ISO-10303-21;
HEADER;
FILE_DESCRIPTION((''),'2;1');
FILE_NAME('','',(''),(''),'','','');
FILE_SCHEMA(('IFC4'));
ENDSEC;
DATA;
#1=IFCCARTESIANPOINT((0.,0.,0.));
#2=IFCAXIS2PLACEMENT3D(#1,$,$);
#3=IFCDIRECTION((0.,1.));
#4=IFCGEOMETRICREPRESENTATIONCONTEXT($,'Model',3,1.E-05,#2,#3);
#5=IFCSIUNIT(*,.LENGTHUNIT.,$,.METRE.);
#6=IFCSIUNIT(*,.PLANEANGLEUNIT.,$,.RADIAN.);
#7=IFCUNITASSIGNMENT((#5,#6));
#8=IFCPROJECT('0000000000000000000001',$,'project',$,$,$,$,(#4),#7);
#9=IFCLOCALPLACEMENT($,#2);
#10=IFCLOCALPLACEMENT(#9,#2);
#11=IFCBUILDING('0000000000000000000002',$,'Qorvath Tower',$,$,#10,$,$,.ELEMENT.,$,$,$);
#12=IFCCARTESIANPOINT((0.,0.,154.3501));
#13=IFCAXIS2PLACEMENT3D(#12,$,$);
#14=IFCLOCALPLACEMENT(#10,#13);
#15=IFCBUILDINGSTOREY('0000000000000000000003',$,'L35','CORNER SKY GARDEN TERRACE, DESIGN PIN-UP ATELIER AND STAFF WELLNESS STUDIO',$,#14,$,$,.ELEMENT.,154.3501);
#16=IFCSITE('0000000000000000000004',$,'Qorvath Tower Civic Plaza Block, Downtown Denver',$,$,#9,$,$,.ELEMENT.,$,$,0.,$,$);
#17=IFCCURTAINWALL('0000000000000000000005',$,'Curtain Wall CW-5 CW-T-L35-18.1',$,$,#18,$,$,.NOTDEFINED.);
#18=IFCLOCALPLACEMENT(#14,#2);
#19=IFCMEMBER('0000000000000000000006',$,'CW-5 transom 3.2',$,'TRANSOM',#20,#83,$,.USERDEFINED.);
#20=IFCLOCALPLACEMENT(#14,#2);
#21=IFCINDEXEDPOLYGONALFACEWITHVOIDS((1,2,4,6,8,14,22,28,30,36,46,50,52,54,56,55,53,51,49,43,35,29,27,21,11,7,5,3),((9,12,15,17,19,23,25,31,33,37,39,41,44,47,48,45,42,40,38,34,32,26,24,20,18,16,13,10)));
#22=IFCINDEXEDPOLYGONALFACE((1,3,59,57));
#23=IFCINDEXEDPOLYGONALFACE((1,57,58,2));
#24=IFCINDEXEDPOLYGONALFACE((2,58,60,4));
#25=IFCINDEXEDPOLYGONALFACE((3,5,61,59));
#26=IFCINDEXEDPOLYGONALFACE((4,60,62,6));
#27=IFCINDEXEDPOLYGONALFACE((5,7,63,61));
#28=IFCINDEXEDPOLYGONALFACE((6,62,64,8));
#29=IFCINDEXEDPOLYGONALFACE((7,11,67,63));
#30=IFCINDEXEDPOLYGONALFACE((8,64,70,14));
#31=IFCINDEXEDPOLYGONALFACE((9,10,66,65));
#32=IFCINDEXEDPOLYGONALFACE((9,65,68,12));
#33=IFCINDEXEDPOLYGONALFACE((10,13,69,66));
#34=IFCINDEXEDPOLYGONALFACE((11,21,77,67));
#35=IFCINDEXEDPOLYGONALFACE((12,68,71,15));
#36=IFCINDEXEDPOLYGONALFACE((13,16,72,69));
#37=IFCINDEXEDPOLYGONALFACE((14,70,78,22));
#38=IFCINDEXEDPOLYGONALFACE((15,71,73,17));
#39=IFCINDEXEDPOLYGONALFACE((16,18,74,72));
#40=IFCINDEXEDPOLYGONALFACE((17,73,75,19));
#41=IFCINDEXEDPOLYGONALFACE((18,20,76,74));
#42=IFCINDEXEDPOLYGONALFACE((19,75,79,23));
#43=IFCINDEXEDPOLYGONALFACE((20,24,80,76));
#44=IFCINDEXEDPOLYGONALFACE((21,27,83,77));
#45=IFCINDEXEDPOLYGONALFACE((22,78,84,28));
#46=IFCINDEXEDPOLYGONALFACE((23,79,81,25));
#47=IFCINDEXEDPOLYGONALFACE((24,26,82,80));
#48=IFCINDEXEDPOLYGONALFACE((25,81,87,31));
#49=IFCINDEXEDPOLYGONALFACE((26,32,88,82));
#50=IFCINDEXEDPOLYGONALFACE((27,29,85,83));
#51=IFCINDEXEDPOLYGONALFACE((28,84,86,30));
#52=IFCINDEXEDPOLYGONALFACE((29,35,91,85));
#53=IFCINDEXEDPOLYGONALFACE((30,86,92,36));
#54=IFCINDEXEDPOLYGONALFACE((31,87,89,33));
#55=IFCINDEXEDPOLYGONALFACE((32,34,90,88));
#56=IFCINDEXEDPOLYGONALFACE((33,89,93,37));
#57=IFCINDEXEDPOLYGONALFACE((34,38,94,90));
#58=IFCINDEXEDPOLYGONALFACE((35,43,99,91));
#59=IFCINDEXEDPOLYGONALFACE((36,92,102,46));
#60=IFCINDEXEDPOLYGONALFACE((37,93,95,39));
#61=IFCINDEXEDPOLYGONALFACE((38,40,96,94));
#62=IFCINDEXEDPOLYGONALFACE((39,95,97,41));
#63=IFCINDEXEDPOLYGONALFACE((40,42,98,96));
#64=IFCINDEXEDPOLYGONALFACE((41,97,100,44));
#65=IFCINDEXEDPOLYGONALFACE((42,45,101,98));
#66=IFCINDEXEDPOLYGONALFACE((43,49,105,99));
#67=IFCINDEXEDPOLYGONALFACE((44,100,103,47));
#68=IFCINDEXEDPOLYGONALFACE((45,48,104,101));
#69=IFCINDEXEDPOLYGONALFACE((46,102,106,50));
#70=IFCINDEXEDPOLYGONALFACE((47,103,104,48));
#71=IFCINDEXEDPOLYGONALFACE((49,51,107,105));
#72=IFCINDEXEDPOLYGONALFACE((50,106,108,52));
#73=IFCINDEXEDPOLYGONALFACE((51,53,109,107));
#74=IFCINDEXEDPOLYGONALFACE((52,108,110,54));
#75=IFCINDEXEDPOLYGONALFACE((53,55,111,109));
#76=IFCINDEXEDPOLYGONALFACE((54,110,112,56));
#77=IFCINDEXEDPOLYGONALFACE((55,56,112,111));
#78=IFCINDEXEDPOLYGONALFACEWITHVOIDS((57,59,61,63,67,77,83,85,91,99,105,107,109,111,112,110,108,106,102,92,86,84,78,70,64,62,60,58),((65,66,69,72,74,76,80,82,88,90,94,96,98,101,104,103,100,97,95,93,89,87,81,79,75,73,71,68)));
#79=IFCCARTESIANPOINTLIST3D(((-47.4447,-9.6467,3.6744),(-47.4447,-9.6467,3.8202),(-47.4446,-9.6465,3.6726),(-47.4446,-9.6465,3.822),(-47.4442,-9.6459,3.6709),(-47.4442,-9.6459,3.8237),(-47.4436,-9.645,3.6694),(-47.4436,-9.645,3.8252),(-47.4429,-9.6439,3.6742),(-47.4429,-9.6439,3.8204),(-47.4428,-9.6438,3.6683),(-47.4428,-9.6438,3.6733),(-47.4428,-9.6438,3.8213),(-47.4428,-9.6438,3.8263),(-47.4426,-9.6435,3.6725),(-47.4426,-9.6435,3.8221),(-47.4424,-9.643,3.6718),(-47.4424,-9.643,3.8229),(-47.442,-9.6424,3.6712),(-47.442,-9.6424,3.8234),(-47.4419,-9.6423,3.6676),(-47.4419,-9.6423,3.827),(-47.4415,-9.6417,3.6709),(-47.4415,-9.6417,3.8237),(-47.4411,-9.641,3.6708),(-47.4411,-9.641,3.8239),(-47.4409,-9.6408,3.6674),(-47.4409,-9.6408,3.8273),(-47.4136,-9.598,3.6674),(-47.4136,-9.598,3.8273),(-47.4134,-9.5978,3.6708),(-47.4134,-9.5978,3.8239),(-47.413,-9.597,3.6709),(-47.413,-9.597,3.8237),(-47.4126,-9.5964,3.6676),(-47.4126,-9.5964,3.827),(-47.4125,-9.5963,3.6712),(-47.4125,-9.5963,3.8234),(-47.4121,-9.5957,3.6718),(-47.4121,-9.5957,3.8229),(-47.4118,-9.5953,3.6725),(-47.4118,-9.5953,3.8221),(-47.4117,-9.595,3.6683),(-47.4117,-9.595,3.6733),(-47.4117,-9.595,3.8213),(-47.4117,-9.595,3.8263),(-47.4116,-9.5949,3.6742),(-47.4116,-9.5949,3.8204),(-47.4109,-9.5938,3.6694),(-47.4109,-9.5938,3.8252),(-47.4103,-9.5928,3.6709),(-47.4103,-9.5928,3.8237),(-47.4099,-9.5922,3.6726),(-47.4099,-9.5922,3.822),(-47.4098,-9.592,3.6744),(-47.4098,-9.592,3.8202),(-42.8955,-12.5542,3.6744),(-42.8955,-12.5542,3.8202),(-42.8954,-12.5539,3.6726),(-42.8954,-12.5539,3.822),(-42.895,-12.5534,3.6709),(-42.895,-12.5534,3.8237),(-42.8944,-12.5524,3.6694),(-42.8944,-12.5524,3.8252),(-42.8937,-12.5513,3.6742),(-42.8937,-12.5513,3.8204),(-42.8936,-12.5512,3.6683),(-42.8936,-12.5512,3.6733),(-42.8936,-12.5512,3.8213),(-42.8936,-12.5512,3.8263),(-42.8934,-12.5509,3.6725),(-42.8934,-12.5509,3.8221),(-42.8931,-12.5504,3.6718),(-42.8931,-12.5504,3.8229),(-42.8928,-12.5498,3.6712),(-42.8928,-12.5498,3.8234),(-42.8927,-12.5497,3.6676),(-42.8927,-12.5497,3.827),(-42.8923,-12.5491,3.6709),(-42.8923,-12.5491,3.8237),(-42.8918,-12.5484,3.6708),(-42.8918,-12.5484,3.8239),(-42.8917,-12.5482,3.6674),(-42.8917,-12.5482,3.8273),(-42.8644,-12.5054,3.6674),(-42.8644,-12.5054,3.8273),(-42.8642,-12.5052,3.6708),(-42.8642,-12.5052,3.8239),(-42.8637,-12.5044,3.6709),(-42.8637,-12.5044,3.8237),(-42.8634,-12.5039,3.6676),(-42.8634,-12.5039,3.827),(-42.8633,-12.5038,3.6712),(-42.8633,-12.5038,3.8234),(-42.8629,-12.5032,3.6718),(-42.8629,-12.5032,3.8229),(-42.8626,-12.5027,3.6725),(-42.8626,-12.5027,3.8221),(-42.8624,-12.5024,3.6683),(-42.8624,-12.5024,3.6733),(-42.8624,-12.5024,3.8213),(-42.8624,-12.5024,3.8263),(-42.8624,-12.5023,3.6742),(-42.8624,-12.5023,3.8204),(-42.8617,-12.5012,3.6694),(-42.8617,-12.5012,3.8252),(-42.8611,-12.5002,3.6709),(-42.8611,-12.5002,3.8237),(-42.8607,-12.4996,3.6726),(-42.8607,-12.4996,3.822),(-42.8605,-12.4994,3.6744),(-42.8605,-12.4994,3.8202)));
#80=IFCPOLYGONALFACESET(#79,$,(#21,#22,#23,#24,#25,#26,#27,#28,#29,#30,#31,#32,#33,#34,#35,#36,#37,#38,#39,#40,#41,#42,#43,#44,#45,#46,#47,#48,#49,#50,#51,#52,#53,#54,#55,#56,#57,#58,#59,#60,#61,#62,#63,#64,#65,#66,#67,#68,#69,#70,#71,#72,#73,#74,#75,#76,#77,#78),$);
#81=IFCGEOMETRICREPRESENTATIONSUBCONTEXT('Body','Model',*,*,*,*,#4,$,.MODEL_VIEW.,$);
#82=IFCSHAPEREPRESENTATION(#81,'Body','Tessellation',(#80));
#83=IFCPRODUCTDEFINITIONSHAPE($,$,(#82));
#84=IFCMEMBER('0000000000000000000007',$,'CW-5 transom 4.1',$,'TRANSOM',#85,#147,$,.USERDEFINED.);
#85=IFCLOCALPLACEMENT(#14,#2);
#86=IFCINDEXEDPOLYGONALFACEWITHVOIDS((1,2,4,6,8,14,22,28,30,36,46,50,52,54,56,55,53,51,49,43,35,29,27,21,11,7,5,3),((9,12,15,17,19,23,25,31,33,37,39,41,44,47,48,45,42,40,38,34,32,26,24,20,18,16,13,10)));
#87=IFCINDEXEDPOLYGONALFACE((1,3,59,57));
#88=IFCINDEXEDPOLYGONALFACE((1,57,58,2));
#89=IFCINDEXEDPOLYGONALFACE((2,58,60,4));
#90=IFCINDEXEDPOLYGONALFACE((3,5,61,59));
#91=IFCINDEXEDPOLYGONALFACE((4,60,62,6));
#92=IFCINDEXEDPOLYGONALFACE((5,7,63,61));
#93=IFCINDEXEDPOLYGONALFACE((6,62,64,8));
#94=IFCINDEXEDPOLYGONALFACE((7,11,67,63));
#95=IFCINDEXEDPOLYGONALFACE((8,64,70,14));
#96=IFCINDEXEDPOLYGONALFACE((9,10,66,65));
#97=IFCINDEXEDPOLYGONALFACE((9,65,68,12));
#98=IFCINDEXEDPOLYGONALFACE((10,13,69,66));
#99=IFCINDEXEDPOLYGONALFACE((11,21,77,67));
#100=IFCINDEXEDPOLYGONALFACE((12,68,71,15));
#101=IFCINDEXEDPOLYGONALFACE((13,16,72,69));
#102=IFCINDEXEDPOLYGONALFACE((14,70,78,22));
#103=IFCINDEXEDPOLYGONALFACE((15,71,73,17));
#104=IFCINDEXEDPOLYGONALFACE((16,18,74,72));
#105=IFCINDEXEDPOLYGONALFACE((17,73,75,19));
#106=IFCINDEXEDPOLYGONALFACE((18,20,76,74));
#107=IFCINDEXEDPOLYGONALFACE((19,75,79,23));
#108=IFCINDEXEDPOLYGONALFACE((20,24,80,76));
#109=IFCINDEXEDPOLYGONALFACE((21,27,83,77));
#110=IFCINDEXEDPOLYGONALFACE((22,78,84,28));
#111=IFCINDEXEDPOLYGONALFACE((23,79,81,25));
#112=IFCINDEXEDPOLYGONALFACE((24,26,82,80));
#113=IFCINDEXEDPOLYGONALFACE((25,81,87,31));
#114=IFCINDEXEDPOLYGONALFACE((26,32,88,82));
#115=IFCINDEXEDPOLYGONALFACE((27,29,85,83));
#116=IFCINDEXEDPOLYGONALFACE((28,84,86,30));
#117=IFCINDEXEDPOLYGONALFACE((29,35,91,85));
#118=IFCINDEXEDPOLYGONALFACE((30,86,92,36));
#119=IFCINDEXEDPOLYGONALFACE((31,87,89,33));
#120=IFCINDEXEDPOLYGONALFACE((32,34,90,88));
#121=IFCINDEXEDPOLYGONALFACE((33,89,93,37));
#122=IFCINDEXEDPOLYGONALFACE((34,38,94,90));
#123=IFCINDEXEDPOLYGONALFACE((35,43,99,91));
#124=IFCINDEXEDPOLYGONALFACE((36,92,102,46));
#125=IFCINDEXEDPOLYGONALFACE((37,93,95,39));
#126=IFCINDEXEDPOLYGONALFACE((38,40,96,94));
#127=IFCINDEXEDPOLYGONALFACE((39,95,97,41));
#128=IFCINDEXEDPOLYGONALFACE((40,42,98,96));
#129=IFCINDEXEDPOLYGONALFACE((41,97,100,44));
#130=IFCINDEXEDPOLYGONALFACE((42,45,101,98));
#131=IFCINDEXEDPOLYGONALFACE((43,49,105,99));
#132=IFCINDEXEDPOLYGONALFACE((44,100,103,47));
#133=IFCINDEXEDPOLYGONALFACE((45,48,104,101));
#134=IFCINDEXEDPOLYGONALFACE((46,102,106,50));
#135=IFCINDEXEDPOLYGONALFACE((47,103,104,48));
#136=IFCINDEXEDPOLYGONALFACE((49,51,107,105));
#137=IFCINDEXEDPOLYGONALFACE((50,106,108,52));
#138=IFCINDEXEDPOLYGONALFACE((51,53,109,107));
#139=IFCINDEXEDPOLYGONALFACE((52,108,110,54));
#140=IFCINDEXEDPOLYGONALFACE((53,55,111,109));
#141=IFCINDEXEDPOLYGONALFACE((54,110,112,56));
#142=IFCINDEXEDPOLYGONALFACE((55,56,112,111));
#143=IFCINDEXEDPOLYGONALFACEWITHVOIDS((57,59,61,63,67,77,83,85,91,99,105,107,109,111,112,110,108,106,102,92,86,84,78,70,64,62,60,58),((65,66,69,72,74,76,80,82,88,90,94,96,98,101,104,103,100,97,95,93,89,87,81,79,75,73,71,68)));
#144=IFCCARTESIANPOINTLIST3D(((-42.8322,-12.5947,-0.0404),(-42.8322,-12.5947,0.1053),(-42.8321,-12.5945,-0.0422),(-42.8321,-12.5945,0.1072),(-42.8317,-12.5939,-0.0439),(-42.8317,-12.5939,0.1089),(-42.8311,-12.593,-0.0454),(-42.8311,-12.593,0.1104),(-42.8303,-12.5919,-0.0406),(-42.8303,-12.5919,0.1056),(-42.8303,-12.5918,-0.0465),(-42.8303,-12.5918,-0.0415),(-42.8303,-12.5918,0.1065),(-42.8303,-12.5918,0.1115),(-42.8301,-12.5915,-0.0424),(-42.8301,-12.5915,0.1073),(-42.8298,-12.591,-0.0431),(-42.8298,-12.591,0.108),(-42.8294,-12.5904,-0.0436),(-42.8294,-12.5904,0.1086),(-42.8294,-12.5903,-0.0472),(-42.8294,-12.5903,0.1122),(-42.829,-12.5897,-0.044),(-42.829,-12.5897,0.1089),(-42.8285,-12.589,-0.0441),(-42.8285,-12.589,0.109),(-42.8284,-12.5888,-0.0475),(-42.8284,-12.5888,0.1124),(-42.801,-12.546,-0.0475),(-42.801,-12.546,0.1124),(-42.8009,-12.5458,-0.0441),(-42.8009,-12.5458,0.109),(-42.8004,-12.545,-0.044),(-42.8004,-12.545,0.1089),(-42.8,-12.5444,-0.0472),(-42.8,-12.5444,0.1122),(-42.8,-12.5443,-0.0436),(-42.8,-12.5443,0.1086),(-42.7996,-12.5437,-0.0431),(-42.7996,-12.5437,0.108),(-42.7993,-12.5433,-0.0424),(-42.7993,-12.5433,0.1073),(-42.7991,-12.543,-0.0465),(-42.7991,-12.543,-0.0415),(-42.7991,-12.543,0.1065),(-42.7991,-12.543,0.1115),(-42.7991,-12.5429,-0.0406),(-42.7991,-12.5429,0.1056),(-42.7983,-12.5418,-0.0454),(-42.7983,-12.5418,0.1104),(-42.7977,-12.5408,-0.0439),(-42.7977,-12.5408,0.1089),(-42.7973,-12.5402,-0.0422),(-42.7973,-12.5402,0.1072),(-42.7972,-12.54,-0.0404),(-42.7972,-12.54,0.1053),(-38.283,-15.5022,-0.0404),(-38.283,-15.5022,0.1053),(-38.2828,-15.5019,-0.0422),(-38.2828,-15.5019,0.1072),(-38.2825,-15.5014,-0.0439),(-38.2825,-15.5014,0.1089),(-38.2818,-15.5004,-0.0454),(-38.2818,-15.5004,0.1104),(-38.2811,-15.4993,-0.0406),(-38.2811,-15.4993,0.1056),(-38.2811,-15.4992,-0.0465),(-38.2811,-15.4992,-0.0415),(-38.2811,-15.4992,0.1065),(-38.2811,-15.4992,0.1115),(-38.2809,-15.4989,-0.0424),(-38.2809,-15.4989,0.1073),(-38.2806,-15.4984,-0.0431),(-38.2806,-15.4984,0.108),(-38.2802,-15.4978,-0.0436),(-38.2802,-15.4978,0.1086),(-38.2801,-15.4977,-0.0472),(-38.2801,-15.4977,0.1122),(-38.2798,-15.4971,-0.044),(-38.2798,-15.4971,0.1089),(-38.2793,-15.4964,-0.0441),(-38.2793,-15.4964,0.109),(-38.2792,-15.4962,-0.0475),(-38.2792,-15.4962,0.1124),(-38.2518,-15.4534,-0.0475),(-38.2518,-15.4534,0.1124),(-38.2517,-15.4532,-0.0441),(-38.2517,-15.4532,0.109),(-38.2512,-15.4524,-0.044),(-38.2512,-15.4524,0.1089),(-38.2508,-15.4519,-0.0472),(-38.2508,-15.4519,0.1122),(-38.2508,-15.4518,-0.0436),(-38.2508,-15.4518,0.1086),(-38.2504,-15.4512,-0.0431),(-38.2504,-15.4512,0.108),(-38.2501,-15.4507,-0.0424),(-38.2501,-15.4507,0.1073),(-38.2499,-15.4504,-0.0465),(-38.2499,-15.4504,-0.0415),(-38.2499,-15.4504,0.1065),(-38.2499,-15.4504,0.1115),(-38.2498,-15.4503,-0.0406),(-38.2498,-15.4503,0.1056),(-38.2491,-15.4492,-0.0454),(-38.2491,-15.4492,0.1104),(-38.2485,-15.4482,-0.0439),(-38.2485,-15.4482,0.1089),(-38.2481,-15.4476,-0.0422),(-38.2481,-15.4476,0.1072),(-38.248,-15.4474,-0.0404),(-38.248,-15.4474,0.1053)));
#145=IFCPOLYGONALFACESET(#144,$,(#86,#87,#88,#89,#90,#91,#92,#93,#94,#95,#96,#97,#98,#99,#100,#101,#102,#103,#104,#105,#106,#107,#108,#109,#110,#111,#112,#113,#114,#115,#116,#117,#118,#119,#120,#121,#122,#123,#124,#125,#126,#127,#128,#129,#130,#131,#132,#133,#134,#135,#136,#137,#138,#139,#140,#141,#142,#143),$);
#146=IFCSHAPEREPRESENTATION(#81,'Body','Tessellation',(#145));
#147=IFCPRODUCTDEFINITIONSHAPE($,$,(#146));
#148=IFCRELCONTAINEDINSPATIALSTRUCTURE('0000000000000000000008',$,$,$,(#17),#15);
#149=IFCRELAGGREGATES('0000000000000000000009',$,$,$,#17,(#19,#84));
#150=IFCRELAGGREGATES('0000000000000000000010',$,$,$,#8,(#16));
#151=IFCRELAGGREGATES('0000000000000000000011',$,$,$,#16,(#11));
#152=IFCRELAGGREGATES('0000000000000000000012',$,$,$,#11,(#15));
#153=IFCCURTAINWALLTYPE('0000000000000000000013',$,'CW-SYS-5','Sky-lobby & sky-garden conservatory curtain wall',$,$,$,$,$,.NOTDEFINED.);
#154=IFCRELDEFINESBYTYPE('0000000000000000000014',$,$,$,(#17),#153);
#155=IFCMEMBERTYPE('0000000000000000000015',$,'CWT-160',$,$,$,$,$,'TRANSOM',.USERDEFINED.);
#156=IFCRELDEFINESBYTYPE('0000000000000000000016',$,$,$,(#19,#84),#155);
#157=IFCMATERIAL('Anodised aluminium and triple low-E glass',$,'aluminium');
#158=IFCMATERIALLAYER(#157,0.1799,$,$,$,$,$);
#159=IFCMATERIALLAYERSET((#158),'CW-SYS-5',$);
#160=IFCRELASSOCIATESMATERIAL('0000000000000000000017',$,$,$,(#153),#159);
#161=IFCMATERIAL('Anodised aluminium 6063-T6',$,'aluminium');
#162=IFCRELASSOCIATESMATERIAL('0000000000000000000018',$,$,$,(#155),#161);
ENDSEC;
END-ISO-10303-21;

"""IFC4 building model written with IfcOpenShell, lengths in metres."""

from ifc_helpers import new_model, si_unit, direction, frame, origin, origin_2d, place, context, subcontext, project, spatial, hollow_rectangle, extrude, material, layer, layer_set, material_profile, profile_set, type_object, element, aggregate, save


model = new_model("IFC4")

# Units and contexts
model_context = context("Model", 3, precision=1e-05, world=origin(), true_north=direction((0.0, 1.0)))
body_context = subcontext(model_context, "Body", "Model", "MODEL_VIEW")
ifc_project = project(units=[si_unit("LENGTHUNIT", "METRE"), si_unit("PLANEANGLEUNIT", "RADIAN")], contexts=[model_context])

# Site, building, storey
site_placement = place(None, origin())
site = spatial("IfcSite", under=ifc_project, at=site_placement, Name="Qorvath Tower Civic Plaza Block, Downtown Denver", CompositionType="ELEMENT", RefElevation=0.0)
building_placement = place(site_placement, origin())
building = spatial("IfcBuilding", under=site, at=building_placement, Name="Qorvath Tower", CompositionType="ELEMENT")
storey_placement = place(building_placement, frame((0.0, 0.0, 154.3501)))
storey = spatial("IfcBuildingStorey", under=building, at=storey_placement, Name="L35", Description="CORNER SKY GARDEN TERRACE, DESIGN PIN-UP ATELIER AND STAFF WELLNESS STUDIO", CompositionType="ELEMENT", Elevation=154.3501)

# Shared definitions
ifc_material_1 = material(Name="Anodised aluminium and triple low-E glass", Category="aluminium")
ifc_layer_1 = layer(ifc_material_1, 0.1799)
ifc_layer_set_1 = layer_set([ifc_layer_1], Name="CW-SYS-5")
curtain_wall_type = type_object("IfcCurtainWallType", Name="CW-SYS-5", Description="Sky-lobby & sky-garden conservatory curtain wall", PredefinedType="NOTDEFINED", material=ifc_layer_set_1)

# Curtain wall, members
curtain_wall_1_placement = place(storey_placement, origin())
curtain_wall_1 = element("IfcCurtainWall", 1, at=curtain_wall_1_placement, inside=storey, type_object=curtain_wall_type, Name="Curtain Wall CW-5 CW-T-L35-18.1", PredefinedType="NOTDEFINED")
ifc_material_2 = material(Name="Anodised aluminium 6063-T6", Category="aluminium")
ifc_material_profile_1 = material_profile(ifc_material_2, hollow_rectangle(XDim=0.0649, YDim=0.1599, WallThickness=0.0034, InnerFilletRadius=0.0034, OuterFilletRadius=0.0071, at=origin_2d()), Name="CWT 160x65")
ifc_profile_set_1 = profile_set([ifc_material_profile_1], Name="Anodised aluminium 6063-T6")
member_type_1 = type_object("IfcMemberType", Name="CWT-160", ElementType="TRANSOM", PredefinedType="USERDEFINED", material=ifc_profile_set_1)
member_1_placement = place(storey_placement, frame((-47.4272, -9.6194, 3.7473), z_axis=(0.842615, -0.538516, 0.0), x_axis=(0.538516, 0.842615, 0.0)))
member_1 = element("IfcMember", 2, at=member_1_placement, type_object=member_type_1, Name="CW-5 transom 3.2", ObjectType="TRANSOM", PredefinedType="USERDEFINED", context=body_context, shape_type="SweptSolid", body=[
    extrude(hollow_rectangle(XDim=0.0649, YDim=0.1599, WallThickness=0.0034, InnerFilletRadius=0.0034, OuterFilletRadius=0.0071, at=origin_2d()), origin(), (0.0, 0.0, 1.0), 5.3989),
])
member_2_placement = place(storey_placement, frame((-42.8147, -12.5674, 0.0325), z_axis=(0.842615, -0.538516, 0.0), x_axis=(0.538516, 0.842615, 0.0)))
member_2 = element("IfcMember", 3, at=member_2_placement, type_object=member_type_1, Name="CW-5 transom 4.1", ObjectType="TRANSOM", PredefinedType="USERDEFINED", context=body_context, shape_type="SweptSolid", body=[
    extrude(hollow_rectangle(XDim=0.0649, YDim=0.1599, WallThickness=0.0034, InnerFilletRadius=0.0034, OuterFilletRadius=0.0071, at=origin_2d()), origin(), (0.0, 0.0, 1.0), 5.3989),
])

aggregate(curtain_wall_1, [member_1, member_2])

save(model, "model.ifc")
